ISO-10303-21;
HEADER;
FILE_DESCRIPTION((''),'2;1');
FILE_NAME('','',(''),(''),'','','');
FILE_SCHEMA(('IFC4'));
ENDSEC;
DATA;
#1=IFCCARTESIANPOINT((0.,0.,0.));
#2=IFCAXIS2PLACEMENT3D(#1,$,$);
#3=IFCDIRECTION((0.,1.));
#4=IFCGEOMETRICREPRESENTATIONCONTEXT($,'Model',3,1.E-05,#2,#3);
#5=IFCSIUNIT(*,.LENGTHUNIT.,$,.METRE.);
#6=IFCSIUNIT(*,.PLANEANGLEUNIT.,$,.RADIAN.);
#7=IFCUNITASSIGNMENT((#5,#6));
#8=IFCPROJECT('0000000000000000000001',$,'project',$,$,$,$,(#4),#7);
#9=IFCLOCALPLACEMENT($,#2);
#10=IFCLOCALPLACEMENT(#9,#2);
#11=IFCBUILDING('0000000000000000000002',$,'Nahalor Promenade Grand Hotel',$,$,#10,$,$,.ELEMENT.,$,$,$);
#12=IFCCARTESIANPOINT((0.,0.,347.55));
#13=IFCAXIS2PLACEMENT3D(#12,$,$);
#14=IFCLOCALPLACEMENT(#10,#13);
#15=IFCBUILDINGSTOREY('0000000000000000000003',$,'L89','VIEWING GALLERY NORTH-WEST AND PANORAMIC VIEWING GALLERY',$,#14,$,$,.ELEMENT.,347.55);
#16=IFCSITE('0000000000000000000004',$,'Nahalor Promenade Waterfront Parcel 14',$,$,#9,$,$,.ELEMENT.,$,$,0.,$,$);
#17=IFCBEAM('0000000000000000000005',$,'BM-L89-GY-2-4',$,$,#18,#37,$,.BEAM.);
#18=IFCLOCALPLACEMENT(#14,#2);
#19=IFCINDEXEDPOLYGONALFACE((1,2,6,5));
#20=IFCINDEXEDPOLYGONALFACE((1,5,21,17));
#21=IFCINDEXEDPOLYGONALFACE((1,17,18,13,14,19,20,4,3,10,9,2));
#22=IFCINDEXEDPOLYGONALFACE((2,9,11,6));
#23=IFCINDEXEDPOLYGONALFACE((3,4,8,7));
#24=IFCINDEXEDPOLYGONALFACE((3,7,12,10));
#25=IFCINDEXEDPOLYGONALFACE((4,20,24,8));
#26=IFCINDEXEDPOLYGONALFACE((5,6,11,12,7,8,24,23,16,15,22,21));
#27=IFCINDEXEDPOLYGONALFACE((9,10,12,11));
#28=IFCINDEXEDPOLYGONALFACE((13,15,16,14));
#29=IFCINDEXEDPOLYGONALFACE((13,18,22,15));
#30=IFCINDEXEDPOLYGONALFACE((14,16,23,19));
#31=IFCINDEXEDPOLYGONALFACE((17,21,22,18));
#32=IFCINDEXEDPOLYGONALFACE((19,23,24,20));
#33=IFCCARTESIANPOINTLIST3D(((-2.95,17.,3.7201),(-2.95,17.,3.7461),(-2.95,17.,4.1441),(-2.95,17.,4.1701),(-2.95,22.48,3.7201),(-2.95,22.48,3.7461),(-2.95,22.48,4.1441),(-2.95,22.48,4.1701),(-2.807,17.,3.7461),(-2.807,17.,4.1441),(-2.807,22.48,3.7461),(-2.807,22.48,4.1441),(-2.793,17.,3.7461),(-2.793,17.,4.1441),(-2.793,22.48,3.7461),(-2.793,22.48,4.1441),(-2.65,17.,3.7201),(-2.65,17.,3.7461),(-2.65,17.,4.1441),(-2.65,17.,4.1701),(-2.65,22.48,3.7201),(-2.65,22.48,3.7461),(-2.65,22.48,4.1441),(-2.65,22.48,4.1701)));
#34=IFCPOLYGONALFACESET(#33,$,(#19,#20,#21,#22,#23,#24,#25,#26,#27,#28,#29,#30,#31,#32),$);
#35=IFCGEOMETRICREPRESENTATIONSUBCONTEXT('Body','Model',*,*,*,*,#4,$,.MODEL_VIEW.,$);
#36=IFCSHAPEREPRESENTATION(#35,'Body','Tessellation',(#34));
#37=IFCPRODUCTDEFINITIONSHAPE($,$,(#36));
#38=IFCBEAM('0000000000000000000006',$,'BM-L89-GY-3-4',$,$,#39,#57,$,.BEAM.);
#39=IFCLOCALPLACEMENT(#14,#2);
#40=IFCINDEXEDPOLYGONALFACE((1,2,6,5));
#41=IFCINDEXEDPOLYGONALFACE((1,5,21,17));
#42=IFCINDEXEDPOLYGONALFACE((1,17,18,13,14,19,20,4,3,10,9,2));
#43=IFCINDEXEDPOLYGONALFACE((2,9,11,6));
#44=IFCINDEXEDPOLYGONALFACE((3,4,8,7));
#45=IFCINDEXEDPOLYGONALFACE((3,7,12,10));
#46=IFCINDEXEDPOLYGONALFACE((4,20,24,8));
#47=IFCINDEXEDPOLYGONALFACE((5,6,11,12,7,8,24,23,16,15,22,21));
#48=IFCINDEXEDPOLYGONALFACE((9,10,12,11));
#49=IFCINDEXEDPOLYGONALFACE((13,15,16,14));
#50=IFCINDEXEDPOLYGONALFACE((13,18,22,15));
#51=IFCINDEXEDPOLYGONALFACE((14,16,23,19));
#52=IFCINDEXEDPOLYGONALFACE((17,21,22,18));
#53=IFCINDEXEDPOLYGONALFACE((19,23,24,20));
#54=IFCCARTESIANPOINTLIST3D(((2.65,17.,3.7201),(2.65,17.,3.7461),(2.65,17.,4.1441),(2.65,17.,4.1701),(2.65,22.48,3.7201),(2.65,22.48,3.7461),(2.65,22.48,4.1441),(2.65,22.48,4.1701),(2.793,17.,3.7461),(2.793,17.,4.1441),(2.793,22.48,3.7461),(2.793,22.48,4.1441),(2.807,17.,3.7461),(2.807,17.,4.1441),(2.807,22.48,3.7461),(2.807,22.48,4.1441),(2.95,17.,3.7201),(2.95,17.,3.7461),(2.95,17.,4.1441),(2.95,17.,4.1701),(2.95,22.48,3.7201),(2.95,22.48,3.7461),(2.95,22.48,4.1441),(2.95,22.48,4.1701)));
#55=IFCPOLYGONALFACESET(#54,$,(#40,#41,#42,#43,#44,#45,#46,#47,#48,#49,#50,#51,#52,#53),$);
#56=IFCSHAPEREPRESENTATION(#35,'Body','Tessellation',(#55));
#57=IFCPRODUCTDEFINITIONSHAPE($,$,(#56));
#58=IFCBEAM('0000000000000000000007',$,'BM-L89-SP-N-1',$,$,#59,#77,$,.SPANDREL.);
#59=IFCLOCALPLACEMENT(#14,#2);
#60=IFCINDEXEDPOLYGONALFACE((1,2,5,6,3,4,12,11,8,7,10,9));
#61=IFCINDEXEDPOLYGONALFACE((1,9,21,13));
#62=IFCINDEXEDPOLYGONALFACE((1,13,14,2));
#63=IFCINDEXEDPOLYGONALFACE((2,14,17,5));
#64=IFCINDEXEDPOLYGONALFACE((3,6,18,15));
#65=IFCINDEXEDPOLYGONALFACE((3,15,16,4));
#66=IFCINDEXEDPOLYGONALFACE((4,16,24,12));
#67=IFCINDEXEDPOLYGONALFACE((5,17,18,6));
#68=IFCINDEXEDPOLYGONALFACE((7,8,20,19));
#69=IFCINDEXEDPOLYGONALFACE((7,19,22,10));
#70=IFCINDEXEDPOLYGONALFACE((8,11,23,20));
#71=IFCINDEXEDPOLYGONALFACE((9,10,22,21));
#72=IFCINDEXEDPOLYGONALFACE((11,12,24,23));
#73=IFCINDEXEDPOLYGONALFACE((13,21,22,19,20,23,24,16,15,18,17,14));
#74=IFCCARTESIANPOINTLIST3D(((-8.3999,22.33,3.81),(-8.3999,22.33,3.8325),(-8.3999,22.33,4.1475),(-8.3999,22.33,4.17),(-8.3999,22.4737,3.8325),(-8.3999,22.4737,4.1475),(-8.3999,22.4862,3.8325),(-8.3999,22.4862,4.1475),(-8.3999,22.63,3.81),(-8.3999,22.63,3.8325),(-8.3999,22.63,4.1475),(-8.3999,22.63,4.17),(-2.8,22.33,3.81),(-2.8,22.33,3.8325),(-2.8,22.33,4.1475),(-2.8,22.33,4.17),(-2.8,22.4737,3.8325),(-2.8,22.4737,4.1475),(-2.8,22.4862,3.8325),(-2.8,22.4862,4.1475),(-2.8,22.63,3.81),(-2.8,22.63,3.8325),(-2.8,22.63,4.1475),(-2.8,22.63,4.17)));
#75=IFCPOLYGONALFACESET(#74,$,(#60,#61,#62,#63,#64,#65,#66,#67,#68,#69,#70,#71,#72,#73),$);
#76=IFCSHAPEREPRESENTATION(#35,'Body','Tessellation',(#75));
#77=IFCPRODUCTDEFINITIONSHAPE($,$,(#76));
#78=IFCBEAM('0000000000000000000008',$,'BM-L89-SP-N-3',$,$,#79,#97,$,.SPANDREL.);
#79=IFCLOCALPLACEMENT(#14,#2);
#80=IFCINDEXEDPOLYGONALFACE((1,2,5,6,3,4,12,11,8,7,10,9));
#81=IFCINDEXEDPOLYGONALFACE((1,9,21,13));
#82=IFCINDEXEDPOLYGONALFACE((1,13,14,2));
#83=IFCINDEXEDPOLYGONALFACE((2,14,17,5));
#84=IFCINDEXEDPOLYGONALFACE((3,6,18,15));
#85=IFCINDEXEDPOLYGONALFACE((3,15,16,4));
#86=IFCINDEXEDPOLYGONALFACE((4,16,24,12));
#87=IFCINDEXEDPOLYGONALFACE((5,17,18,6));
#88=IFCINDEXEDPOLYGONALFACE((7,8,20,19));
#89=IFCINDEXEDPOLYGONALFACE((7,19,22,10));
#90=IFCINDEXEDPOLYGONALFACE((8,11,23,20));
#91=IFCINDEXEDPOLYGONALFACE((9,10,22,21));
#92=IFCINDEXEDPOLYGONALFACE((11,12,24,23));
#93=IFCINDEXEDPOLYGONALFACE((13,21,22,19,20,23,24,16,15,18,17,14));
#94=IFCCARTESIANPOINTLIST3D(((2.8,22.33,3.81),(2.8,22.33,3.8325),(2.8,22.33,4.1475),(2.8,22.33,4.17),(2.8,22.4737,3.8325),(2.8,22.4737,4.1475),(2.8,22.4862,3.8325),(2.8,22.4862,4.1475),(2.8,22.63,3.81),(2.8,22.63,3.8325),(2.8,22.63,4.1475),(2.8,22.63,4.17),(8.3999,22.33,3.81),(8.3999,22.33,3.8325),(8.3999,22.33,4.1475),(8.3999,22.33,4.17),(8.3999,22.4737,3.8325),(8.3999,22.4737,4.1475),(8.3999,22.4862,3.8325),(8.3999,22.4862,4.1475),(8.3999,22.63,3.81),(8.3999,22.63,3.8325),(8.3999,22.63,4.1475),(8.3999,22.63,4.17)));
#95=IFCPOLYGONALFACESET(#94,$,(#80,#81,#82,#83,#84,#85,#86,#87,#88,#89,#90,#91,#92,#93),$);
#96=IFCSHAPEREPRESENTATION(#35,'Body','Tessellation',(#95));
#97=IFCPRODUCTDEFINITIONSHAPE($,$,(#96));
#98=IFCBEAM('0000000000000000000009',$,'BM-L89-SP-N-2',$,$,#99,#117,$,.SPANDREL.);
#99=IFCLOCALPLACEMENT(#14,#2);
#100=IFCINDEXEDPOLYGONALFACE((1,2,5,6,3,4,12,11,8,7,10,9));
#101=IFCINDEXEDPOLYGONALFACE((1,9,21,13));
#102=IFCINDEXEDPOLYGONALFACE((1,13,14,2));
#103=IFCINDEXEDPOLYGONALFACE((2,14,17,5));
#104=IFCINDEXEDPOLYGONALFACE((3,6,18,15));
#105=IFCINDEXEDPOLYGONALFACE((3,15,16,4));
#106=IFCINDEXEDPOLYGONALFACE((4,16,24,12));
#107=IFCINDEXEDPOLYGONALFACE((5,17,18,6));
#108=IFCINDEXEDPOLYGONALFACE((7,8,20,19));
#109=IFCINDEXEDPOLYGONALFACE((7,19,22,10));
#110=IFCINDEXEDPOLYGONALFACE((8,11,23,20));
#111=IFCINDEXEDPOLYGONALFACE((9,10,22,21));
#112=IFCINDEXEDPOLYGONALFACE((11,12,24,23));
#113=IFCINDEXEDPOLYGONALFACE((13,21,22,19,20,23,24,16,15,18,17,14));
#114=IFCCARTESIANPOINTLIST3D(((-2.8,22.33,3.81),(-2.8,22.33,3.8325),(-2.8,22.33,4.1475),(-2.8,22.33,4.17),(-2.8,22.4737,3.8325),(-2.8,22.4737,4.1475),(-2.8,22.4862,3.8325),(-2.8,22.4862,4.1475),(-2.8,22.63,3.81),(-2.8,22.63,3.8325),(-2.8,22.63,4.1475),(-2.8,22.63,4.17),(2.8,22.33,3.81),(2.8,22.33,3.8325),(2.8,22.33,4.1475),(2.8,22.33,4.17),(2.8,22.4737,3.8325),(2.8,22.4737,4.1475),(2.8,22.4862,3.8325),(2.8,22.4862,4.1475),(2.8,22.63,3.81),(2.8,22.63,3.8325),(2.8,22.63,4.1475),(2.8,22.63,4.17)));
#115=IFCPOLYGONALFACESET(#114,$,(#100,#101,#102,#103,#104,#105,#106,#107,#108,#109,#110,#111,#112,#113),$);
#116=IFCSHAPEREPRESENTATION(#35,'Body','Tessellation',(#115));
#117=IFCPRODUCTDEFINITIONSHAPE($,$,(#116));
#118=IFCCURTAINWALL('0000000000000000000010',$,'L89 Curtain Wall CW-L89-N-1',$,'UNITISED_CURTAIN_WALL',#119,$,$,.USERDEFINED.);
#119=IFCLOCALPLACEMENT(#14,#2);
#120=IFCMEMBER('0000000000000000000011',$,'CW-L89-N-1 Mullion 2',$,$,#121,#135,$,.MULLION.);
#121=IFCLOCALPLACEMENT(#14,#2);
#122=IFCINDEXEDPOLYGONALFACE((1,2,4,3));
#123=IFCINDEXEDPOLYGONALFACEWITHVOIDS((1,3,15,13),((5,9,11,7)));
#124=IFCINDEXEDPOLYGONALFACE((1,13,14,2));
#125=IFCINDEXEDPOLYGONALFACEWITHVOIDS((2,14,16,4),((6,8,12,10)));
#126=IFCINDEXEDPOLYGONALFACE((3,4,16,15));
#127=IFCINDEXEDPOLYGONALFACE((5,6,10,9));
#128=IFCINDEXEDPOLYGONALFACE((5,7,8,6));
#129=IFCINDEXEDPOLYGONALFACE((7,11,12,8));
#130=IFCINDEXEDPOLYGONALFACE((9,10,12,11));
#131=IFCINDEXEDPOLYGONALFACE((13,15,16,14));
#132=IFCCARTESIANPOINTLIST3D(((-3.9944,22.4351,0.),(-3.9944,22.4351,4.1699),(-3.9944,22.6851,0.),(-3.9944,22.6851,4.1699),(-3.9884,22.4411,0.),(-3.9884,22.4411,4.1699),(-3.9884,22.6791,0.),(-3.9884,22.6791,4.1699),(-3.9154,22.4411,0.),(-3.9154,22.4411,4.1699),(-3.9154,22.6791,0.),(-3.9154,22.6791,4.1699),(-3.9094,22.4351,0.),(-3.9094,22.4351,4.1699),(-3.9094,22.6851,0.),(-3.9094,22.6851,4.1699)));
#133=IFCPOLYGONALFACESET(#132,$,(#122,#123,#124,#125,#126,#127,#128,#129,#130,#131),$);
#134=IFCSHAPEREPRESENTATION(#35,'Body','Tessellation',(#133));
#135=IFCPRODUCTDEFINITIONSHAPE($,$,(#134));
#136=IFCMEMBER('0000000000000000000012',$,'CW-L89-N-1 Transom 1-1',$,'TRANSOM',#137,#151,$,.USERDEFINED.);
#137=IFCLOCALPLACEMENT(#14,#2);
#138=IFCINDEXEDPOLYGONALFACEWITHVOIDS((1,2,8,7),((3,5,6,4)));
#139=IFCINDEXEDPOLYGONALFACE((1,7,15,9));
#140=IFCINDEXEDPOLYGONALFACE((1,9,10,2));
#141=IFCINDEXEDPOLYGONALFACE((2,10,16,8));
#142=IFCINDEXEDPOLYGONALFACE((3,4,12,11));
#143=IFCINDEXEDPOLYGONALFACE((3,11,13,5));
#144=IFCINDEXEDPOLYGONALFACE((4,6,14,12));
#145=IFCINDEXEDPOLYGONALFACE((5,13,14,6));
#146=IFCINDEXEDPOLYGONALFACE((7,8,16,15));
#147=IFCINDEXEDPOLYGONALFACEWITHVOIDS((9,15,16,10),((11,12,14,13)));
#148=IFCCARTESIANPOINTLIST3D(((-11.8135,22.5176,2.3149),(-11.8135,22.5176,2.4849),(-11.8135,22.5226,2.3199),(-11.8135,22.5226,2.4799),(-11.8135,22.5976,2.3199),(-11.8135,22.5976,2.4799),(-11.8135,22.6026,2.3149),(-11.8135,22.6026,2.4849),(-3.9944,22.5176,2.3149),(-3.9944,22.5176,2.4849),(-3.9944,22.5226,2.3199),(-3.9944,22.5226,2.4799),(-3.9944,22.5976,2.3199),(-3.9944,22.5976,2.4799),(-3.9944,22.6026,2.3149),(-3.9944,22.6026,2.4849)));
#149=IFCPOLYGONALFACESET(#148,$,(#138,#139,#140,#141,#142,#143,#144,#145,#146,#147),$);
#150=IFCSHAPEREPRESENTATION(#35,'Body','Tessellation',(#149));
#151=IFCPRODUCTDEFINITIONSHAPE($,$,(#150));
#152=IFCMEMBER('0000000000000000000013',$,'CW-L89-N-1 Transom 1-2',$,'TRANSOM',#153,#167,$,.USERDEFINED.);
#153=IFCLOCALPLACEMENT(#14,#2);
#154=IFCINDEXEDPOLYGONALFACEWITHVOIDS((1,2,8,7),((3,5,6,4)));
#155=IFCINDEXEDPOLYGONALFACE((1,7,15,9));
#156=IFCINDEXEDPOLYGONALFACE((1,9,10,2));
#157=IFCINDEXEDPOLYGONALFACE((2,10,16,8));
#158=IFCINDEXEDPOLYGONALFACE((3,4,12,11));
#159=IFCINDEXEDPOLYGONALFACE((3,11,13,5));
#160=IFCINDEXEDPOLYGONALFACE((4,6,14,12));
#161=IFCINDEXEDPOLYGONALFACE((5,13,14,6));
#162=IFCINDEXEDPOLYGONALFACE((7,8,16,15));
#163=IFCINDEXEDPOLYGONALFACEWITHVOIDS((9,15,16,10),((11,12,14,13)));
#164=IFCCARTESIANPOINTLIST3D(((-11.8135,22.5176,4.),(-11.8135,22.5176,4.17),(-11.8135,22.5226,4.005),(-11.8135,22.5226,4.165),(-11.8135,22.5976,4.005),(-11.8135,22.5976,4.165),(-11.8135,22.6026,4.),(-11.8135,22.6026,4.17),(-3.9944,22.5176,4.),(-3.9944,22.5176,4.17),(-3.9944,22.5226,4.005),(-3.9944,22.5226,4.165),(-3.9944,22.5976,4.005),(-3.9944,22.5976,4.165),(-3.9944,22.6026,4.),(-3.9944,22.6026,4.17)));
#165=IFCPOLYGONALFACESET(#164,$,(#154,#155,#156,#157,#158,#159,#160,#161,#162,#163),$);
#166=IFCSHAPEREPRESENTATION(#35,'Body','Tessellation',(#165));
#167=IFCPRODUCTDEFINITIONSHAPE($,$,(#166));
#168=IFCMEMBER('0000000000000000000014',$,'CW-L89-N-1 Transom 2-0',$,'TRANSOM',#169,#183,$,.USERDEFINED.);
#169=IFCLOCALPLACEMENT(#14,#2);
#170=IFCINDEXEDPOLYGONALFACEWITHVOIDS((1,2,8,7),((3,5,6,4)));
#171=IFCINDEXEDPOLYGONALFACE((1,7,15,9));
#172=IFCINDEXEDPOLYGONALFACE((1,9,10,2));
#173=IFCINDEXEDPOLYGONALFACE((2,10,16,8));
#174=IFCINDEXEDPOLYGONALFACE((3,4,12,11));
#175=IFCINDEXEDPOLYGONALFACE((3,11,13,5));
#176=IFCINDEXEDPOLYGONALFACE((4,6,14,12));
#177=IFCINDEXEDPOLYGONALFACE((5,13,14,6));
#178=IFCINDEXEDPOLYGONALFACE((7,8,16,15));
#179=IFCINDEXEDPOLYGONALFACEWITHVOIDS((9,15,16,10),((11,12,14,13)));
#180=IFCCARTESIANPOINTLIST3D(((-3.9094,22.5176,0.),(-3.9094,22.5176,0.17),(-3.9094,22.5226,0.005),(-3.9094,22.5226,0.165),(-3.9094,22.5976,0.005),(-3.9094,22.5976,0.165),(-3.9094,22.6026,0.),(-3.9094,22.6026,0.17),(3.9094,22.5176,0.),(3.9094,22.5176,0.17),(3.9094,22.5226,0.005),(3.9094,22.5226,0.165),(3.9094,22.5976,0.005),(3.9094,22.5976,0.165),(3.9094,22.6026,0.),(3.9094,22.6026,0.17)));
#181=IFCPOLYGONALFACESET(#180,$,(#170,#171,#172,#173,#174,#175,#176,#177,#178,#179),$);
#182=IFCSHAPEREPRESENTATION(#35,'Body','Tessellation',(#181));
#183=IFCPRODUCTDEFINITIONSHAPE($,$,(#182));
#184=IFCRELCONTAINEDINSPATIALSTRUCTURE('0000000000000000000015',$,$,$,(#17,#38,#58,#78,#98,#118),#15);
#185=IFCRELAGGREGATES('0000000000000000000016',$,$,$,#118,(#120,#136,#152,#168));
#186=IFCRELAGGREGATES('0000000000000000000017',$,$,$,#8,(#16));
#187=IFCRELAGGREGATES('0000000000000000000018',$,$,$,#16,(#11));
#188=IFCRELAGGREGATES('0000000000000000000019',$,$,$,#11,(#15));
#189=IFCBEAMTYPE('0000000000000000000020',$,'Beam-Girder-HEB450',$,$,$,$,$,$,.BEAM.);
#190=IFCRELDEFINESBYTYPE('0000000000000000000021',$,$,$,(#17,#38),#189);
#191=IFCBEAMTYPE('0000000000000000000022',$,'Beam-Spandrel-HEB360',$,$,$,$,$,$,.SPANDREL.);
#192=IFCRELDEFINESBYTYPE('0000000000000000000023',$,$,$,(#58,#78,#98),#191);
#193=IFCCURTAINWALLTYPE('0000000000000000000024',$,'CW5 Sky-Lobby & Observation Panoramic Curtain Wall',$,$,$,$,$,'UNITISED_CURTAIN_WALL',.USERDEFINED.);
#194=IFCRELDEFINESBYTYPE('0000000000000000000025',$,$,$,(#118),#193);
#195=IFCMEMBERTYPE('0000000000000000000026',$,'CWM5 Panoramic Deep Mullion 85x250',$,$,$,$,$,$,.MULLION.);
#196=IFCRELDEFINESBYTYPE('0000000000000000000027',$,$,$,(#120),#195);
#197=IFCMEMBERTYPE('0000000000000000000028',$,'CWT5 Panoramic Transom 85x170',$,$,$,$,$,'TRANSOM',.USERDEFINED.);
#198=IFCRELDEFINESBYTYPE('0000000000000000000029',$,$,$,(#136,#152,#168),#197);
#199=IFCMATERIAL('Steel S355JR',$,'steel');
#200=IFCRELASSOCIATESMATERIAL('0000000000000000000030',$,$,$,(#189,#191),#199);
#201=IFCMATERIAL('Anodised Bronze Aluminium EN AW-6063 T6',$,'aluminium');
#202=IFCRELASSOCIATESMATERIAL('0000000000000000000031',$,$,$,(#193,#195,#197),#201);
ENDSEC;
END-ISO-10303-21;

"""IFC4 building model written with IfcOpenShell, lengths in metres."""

from ifc_helpers import new_model, si_unit, direction, frame, origin, origin_2d, place, context, subcontext, project, spatial, hollow_rectangle, i_section, extrude, source, transform, mapped, material, material_profile, profile_set, type_object, element, aggregate, save


model = new_model("IFC4")

# Units and contexts
model_context = context("Model", 3, precision=1e-05, world=origin(), true_north=direction((0.0, 1.0)))
body_context = subcontext(model_context, "Body", "Model", "MODEL_VIEW")
ifc_project = project(units=[si_unit("LENGTHUNIT", "METRE"), si_unit("PLANEANGLEUNIT", "RADIAN")], contexts=[model_context])

# Site, building, storey
site_placement = place(None, origin())
site = spatial("IfcSite", under=ifc_project, at=site_placement, Name="Nahalor Promenade Waterfront Parcel 14", CompositionType="ELEMENT", RefElevation=0.0)
building_placement = place(site_placement, origin())
building = spatial("IfcBuilding", under=site, at=building_placement, Name="Nahalor Promenade Grand Hotel", CompositionType="ELEMENT")
storey_placement = place(building_placement, frame((0.0, 0.0, 347.55)))
storey = spatial("IfcBuildingStorey", under=building, at=storey_placement, Name="L89", Description="VIEWING GALLERY NORTH-WEST AND PANORAMIC VIEWING GALLERY", CompositionType="ELEMENT", Elevation=347.55)

# Shared definitions
ifc_material_1 = material(Name="Steel S355JR", Category="steel")

# Beams
ifc_material_profile_1 = material_profile(ifc_material_1, i_section(OverallWidth=0.3, OverallDepth=0.45, WebThickness=0.014, FlangeThickness=0.026, at=origin_2d()), Name="HEB 450")
ifc_profile_set_1 = profile_set([ifc_material_profile_1], Name="Steel S355JR")
beam_type_1 = type_object("IfcBeamType", Name="Beam-Girder-HEB450", PredefinedType="BEAM", material=ifc_profile_set_1)
shared_shape_1 = source(origin(), body_context, "Body", "SweptSolid", [
    extrude(i_section(OverallWidth=0.3, OverallDepth=0.45, WebThickness=0.014, FlangeThickness=0.026, at=origin_2d()), origin(), (0.0, 0.0, 1.0), 5.48),
])
for number, where, z_axis, x_axis, name in (
    (1, (-2.8, 17.0, 3.9451), (0.0, 1.0, 0.0), (-1.0, 0.0, 0.0), "BM-L89-GY-2-4"),
    (2, (2.8, 17.0, 3.9451), (0.0, 1.0, 0.0), (-1.0, 0.0, 0.0), "BM-L89-GY-3-4"),
):
    element("IfcBeam", number, at=place(storey_placement, frame(where, z_axis=z_axis, x_axis=x_axis)), inside=storey, type_object=beam_type_1, Name=name, PredefinedType="BEAM", context=body_context, shape_type="MappedRepresentation", body=[
        mapped(shared_shape_1, transform((0.0, 0.0, 0.0), scale=1.0)),
    ])
ifc_material_profile_2 = material_profile(ifc_material_1, i_section(OverallWidth=0.3, OverallDepth=0.36, WebThickness=0.0125, FlangeThickness=0.0225, at=origin_2d()), Name="HEB 360")
ifc_profile_set_2 = profile_set([ifc_material_profile_2], Name="Steel S355JR")
beam_type_2 = type_object("IfcBeamType", Name="Beam-Spandrel-HEB360", PredefinedType="SPANDREL", material=ifc_profile_set_2)
shared_shape_2 = source(origin(), body_context, "Body", "SweptSolid", [
    extrude(i_section(OverallWidth=0.3, OverallDepth=0.36, WebThickness=0.0125, FlangeThickness=0.0225, at=origin_2d()), origin(), (0.0, 0.0, 1.0), 5.5999),
])
for number, where, z_axis, x_axis, name in (
    (3, (-8.3999, 22.48, 3.99), (1.0, 0.0, 0.0), (0.0, 1.0, 0.0), "BM-L89-SP-N-1"),
    (4, (2.8, 22.48, 3.99), (1.0, 0.0, 0.0), (0.0, 1.0, 0.0), "BM-L89-SP-N-3"),
):
    element("IfcBeam", number, at=place(storey_placement, frame(where, z_axis=z_axis, x_axis=x_axis)), inside=storey, type_object=beam_type_2, Name=name, PredefinedType="SPANDREL", context=body_context, shape_type="MappedRepresentation", body=[
        mapped(shared_shape_2, transform((0.0, 0.0, 0.0), scale=1.0)),
    ])
shared_shape_3 = source(origin(), body_context, "Body", "SweptSolid", [
    extrude(i_section(OverallWidth=0.3, OverallDepth=0.36, WebThickness=0.0125, FlangeThickness=0.0225, at=origin_2d()), origin(), (0.0, 0.0, 1.0), 5.6001),
])
beam_1_placement = place(storey_placement, frame((-2.8, 22.48, 3.99), z_axis=(1.0, 0.0, 0.0), x_axis=(0.0, 1.0, 0.0)))
element("IfcBeam", 5, at=beam_1_placement, inside=storey, type_object=beam_type_2, Name="BM-L89-SP-N-2", PredefinedType="SPANDREL", context=body_context, shape_type="MappedRepresentation", body=[
    mapped(shared_shape_3, transform((0.0, 0.0, 0.0), scale=1.0)),
])

# Curtain wall, members
ifc_material_2 = material(Name="Anodised Bronze Aluminium EN AW-6063 T6", Category="aluminium")
curtain_wall_type = type_object("IfcCurtainWallType", Name="CW5 Sky-Lobby & Observation Panoramic Curtain Wall", ElementType="UNITISED_CURTAIN_WALL", PredefinedType="USERDEFINED", material=ifc_material_2)
curtain_wall_placement = place(storey_placement, origin())
curtain_wall = element("IfcCurtainWall", 6, at=curtain_wall_placement, inside=storey, type_object=curtain_wall_type, Name="L89 Curtain Wall CW-L89-N-1", ObjectType="UNITISED_CURTAIN_WALL", PredefinedType="USERDEFINED")
ifc_material_profile_3 = material_profile(ifc_material_2, hollow_rectangle(XDim=0.085, YDim=0.25, WallThickness=0.006, at=origin_2d()), Name="CWM 85x250x6")
ifc_profile_set_3 = profile_set([ifc_material_profile_3], Name="Anodised Bronze Aluminium EN AW-6063 T6")
member_type_1 = type_object("IfcMemberType", Name="CWM5 Panoramic Deep Mullion 85x250", PredefinedType="MULLION", material=ifc_profile_set_3)
shared_shape_4 = source(origin(), body_context, "Body", "SweptSolid", [
    extrude(hollow_rectangle(XDim=0.085, YDim=0.25, WallThickness=0.006, at=origin_2d()), origin(), (0.0, 0.0, 1.0), 4.1699),
])
member_1_placement = place(storey_placement, frame((-3.9519, 22.5601, 0.0), z_axis=(0.0, 0.0, 1.0), x_axis=(1.0, 0.0, 0.0)))
member_1 = element("IfcMember", 7, at=member_1_placement, type_object=member_type_1, Name="CW-L89-N-1 Mullion 2", PredefinedType="MULLION", context=body_context, shape_type="MappedRepresentation", body=[
    mapped(shared_shape_4, transform((0.0, 0.0, 0.0), scale=1.0)),
])
ifc_material_profile_4 = material_profile(ifc_material_2, hollow_rectangle(XDim=0.085, YDim=0.17, WallThickness=0.005, at=origin_2d()), Name="CWT 85x170x5")
ifc_profile_set_4 = profile_set([ifc_material_profile_4], Name="Anodised Bronze Aluminium EN AW-6063 T6")
member_type_2 = type_object("IfcMemberType", Name="CWT5 Panoramic Transom 85x170", ElementType="TRANSOM", PredefinedType="USERDEFINED", material=ifc_profile_set_4)
shared_shape_5 = source(origin(), body_context, "Body", "SweptSolid", [
    extrude(hollow_rectangle(XDim=0.085, YDim=0.17, WallThickness=0.005, at=origin_2d()), origin(), (0.0, 0.0, 1.0), 7.8191),
])
member_2_placement = place(storey_placement, frame((-11.8135, 22.5601, 2.3999), z_axis=(1.0, 0.0, 0.0), x_axis=(0.0, 1.0, 0.0)))
member_2 = element("IfcMember", 8, at=member_2_placement, type_object=member_type_2, Name="CW-L89-N-1 Transom 1-1", ObjectType="TRANSOM", PredefinedType="USERDEFINED", context=body_context, shape_type="MappedRepresentation", body=[
    mapped(shared_shape_5, transform((0.0, 0.0, 0.0), scale=1.0)),
])
member_3_placement = place(storey_placement, frame((-11.8135, 22.5601, 4.085), z_axis=(1.0, 0.0, 0.0), x_axis=(0.0, 1.0, 0.0)))
member_3 = element("IfcMember", 9, at=member_3_placement, type_object=member_type_2, Name="CW-L89-N-1 Transom 1-2", ObjectType="TRANSOM", PredefinedType="USERDEFINED", context=body_context, shape_type="MappedRepresentation", body=[
    mapped(shared_shape_5, transform((0.0, 0.0, 0.0), scale=1.0)),
])
shared_shape_6 = source(origin(), body_context, "Body", "SweptSolid", [
    extrude(hollow_rectangle(XDim=0.085, YDim=0.17, WallThickness=0.005, at=origin_2d()), origin(), (0.0, 0.0, 1.0), 7.8188),
])
member_4_placement = place(storey_placement, frame((-3.9094, 22.5601, 0.085), z_axis=(1.0, 0.0, 0.0), x_axis=(0.0, 1.0, 0.0)))
member_4 = element("IfcMember", 10, at=member_4_placement, type_object=member_type_2, Name="CW-L89-N-1 Transom 2-0", ObjectType="TRANSOM", PredefinedType="USERDEFINED", context=body_context, shape_type="MappedRepresentation", body=[
    mapped(shared_shape_6, transform((0.0, 0.0, 0.0), scale=1.0)),
])
aggregate(curtain_wall, [member_1, member_2, member_3, member_4])

save(model, "model.ifc")
